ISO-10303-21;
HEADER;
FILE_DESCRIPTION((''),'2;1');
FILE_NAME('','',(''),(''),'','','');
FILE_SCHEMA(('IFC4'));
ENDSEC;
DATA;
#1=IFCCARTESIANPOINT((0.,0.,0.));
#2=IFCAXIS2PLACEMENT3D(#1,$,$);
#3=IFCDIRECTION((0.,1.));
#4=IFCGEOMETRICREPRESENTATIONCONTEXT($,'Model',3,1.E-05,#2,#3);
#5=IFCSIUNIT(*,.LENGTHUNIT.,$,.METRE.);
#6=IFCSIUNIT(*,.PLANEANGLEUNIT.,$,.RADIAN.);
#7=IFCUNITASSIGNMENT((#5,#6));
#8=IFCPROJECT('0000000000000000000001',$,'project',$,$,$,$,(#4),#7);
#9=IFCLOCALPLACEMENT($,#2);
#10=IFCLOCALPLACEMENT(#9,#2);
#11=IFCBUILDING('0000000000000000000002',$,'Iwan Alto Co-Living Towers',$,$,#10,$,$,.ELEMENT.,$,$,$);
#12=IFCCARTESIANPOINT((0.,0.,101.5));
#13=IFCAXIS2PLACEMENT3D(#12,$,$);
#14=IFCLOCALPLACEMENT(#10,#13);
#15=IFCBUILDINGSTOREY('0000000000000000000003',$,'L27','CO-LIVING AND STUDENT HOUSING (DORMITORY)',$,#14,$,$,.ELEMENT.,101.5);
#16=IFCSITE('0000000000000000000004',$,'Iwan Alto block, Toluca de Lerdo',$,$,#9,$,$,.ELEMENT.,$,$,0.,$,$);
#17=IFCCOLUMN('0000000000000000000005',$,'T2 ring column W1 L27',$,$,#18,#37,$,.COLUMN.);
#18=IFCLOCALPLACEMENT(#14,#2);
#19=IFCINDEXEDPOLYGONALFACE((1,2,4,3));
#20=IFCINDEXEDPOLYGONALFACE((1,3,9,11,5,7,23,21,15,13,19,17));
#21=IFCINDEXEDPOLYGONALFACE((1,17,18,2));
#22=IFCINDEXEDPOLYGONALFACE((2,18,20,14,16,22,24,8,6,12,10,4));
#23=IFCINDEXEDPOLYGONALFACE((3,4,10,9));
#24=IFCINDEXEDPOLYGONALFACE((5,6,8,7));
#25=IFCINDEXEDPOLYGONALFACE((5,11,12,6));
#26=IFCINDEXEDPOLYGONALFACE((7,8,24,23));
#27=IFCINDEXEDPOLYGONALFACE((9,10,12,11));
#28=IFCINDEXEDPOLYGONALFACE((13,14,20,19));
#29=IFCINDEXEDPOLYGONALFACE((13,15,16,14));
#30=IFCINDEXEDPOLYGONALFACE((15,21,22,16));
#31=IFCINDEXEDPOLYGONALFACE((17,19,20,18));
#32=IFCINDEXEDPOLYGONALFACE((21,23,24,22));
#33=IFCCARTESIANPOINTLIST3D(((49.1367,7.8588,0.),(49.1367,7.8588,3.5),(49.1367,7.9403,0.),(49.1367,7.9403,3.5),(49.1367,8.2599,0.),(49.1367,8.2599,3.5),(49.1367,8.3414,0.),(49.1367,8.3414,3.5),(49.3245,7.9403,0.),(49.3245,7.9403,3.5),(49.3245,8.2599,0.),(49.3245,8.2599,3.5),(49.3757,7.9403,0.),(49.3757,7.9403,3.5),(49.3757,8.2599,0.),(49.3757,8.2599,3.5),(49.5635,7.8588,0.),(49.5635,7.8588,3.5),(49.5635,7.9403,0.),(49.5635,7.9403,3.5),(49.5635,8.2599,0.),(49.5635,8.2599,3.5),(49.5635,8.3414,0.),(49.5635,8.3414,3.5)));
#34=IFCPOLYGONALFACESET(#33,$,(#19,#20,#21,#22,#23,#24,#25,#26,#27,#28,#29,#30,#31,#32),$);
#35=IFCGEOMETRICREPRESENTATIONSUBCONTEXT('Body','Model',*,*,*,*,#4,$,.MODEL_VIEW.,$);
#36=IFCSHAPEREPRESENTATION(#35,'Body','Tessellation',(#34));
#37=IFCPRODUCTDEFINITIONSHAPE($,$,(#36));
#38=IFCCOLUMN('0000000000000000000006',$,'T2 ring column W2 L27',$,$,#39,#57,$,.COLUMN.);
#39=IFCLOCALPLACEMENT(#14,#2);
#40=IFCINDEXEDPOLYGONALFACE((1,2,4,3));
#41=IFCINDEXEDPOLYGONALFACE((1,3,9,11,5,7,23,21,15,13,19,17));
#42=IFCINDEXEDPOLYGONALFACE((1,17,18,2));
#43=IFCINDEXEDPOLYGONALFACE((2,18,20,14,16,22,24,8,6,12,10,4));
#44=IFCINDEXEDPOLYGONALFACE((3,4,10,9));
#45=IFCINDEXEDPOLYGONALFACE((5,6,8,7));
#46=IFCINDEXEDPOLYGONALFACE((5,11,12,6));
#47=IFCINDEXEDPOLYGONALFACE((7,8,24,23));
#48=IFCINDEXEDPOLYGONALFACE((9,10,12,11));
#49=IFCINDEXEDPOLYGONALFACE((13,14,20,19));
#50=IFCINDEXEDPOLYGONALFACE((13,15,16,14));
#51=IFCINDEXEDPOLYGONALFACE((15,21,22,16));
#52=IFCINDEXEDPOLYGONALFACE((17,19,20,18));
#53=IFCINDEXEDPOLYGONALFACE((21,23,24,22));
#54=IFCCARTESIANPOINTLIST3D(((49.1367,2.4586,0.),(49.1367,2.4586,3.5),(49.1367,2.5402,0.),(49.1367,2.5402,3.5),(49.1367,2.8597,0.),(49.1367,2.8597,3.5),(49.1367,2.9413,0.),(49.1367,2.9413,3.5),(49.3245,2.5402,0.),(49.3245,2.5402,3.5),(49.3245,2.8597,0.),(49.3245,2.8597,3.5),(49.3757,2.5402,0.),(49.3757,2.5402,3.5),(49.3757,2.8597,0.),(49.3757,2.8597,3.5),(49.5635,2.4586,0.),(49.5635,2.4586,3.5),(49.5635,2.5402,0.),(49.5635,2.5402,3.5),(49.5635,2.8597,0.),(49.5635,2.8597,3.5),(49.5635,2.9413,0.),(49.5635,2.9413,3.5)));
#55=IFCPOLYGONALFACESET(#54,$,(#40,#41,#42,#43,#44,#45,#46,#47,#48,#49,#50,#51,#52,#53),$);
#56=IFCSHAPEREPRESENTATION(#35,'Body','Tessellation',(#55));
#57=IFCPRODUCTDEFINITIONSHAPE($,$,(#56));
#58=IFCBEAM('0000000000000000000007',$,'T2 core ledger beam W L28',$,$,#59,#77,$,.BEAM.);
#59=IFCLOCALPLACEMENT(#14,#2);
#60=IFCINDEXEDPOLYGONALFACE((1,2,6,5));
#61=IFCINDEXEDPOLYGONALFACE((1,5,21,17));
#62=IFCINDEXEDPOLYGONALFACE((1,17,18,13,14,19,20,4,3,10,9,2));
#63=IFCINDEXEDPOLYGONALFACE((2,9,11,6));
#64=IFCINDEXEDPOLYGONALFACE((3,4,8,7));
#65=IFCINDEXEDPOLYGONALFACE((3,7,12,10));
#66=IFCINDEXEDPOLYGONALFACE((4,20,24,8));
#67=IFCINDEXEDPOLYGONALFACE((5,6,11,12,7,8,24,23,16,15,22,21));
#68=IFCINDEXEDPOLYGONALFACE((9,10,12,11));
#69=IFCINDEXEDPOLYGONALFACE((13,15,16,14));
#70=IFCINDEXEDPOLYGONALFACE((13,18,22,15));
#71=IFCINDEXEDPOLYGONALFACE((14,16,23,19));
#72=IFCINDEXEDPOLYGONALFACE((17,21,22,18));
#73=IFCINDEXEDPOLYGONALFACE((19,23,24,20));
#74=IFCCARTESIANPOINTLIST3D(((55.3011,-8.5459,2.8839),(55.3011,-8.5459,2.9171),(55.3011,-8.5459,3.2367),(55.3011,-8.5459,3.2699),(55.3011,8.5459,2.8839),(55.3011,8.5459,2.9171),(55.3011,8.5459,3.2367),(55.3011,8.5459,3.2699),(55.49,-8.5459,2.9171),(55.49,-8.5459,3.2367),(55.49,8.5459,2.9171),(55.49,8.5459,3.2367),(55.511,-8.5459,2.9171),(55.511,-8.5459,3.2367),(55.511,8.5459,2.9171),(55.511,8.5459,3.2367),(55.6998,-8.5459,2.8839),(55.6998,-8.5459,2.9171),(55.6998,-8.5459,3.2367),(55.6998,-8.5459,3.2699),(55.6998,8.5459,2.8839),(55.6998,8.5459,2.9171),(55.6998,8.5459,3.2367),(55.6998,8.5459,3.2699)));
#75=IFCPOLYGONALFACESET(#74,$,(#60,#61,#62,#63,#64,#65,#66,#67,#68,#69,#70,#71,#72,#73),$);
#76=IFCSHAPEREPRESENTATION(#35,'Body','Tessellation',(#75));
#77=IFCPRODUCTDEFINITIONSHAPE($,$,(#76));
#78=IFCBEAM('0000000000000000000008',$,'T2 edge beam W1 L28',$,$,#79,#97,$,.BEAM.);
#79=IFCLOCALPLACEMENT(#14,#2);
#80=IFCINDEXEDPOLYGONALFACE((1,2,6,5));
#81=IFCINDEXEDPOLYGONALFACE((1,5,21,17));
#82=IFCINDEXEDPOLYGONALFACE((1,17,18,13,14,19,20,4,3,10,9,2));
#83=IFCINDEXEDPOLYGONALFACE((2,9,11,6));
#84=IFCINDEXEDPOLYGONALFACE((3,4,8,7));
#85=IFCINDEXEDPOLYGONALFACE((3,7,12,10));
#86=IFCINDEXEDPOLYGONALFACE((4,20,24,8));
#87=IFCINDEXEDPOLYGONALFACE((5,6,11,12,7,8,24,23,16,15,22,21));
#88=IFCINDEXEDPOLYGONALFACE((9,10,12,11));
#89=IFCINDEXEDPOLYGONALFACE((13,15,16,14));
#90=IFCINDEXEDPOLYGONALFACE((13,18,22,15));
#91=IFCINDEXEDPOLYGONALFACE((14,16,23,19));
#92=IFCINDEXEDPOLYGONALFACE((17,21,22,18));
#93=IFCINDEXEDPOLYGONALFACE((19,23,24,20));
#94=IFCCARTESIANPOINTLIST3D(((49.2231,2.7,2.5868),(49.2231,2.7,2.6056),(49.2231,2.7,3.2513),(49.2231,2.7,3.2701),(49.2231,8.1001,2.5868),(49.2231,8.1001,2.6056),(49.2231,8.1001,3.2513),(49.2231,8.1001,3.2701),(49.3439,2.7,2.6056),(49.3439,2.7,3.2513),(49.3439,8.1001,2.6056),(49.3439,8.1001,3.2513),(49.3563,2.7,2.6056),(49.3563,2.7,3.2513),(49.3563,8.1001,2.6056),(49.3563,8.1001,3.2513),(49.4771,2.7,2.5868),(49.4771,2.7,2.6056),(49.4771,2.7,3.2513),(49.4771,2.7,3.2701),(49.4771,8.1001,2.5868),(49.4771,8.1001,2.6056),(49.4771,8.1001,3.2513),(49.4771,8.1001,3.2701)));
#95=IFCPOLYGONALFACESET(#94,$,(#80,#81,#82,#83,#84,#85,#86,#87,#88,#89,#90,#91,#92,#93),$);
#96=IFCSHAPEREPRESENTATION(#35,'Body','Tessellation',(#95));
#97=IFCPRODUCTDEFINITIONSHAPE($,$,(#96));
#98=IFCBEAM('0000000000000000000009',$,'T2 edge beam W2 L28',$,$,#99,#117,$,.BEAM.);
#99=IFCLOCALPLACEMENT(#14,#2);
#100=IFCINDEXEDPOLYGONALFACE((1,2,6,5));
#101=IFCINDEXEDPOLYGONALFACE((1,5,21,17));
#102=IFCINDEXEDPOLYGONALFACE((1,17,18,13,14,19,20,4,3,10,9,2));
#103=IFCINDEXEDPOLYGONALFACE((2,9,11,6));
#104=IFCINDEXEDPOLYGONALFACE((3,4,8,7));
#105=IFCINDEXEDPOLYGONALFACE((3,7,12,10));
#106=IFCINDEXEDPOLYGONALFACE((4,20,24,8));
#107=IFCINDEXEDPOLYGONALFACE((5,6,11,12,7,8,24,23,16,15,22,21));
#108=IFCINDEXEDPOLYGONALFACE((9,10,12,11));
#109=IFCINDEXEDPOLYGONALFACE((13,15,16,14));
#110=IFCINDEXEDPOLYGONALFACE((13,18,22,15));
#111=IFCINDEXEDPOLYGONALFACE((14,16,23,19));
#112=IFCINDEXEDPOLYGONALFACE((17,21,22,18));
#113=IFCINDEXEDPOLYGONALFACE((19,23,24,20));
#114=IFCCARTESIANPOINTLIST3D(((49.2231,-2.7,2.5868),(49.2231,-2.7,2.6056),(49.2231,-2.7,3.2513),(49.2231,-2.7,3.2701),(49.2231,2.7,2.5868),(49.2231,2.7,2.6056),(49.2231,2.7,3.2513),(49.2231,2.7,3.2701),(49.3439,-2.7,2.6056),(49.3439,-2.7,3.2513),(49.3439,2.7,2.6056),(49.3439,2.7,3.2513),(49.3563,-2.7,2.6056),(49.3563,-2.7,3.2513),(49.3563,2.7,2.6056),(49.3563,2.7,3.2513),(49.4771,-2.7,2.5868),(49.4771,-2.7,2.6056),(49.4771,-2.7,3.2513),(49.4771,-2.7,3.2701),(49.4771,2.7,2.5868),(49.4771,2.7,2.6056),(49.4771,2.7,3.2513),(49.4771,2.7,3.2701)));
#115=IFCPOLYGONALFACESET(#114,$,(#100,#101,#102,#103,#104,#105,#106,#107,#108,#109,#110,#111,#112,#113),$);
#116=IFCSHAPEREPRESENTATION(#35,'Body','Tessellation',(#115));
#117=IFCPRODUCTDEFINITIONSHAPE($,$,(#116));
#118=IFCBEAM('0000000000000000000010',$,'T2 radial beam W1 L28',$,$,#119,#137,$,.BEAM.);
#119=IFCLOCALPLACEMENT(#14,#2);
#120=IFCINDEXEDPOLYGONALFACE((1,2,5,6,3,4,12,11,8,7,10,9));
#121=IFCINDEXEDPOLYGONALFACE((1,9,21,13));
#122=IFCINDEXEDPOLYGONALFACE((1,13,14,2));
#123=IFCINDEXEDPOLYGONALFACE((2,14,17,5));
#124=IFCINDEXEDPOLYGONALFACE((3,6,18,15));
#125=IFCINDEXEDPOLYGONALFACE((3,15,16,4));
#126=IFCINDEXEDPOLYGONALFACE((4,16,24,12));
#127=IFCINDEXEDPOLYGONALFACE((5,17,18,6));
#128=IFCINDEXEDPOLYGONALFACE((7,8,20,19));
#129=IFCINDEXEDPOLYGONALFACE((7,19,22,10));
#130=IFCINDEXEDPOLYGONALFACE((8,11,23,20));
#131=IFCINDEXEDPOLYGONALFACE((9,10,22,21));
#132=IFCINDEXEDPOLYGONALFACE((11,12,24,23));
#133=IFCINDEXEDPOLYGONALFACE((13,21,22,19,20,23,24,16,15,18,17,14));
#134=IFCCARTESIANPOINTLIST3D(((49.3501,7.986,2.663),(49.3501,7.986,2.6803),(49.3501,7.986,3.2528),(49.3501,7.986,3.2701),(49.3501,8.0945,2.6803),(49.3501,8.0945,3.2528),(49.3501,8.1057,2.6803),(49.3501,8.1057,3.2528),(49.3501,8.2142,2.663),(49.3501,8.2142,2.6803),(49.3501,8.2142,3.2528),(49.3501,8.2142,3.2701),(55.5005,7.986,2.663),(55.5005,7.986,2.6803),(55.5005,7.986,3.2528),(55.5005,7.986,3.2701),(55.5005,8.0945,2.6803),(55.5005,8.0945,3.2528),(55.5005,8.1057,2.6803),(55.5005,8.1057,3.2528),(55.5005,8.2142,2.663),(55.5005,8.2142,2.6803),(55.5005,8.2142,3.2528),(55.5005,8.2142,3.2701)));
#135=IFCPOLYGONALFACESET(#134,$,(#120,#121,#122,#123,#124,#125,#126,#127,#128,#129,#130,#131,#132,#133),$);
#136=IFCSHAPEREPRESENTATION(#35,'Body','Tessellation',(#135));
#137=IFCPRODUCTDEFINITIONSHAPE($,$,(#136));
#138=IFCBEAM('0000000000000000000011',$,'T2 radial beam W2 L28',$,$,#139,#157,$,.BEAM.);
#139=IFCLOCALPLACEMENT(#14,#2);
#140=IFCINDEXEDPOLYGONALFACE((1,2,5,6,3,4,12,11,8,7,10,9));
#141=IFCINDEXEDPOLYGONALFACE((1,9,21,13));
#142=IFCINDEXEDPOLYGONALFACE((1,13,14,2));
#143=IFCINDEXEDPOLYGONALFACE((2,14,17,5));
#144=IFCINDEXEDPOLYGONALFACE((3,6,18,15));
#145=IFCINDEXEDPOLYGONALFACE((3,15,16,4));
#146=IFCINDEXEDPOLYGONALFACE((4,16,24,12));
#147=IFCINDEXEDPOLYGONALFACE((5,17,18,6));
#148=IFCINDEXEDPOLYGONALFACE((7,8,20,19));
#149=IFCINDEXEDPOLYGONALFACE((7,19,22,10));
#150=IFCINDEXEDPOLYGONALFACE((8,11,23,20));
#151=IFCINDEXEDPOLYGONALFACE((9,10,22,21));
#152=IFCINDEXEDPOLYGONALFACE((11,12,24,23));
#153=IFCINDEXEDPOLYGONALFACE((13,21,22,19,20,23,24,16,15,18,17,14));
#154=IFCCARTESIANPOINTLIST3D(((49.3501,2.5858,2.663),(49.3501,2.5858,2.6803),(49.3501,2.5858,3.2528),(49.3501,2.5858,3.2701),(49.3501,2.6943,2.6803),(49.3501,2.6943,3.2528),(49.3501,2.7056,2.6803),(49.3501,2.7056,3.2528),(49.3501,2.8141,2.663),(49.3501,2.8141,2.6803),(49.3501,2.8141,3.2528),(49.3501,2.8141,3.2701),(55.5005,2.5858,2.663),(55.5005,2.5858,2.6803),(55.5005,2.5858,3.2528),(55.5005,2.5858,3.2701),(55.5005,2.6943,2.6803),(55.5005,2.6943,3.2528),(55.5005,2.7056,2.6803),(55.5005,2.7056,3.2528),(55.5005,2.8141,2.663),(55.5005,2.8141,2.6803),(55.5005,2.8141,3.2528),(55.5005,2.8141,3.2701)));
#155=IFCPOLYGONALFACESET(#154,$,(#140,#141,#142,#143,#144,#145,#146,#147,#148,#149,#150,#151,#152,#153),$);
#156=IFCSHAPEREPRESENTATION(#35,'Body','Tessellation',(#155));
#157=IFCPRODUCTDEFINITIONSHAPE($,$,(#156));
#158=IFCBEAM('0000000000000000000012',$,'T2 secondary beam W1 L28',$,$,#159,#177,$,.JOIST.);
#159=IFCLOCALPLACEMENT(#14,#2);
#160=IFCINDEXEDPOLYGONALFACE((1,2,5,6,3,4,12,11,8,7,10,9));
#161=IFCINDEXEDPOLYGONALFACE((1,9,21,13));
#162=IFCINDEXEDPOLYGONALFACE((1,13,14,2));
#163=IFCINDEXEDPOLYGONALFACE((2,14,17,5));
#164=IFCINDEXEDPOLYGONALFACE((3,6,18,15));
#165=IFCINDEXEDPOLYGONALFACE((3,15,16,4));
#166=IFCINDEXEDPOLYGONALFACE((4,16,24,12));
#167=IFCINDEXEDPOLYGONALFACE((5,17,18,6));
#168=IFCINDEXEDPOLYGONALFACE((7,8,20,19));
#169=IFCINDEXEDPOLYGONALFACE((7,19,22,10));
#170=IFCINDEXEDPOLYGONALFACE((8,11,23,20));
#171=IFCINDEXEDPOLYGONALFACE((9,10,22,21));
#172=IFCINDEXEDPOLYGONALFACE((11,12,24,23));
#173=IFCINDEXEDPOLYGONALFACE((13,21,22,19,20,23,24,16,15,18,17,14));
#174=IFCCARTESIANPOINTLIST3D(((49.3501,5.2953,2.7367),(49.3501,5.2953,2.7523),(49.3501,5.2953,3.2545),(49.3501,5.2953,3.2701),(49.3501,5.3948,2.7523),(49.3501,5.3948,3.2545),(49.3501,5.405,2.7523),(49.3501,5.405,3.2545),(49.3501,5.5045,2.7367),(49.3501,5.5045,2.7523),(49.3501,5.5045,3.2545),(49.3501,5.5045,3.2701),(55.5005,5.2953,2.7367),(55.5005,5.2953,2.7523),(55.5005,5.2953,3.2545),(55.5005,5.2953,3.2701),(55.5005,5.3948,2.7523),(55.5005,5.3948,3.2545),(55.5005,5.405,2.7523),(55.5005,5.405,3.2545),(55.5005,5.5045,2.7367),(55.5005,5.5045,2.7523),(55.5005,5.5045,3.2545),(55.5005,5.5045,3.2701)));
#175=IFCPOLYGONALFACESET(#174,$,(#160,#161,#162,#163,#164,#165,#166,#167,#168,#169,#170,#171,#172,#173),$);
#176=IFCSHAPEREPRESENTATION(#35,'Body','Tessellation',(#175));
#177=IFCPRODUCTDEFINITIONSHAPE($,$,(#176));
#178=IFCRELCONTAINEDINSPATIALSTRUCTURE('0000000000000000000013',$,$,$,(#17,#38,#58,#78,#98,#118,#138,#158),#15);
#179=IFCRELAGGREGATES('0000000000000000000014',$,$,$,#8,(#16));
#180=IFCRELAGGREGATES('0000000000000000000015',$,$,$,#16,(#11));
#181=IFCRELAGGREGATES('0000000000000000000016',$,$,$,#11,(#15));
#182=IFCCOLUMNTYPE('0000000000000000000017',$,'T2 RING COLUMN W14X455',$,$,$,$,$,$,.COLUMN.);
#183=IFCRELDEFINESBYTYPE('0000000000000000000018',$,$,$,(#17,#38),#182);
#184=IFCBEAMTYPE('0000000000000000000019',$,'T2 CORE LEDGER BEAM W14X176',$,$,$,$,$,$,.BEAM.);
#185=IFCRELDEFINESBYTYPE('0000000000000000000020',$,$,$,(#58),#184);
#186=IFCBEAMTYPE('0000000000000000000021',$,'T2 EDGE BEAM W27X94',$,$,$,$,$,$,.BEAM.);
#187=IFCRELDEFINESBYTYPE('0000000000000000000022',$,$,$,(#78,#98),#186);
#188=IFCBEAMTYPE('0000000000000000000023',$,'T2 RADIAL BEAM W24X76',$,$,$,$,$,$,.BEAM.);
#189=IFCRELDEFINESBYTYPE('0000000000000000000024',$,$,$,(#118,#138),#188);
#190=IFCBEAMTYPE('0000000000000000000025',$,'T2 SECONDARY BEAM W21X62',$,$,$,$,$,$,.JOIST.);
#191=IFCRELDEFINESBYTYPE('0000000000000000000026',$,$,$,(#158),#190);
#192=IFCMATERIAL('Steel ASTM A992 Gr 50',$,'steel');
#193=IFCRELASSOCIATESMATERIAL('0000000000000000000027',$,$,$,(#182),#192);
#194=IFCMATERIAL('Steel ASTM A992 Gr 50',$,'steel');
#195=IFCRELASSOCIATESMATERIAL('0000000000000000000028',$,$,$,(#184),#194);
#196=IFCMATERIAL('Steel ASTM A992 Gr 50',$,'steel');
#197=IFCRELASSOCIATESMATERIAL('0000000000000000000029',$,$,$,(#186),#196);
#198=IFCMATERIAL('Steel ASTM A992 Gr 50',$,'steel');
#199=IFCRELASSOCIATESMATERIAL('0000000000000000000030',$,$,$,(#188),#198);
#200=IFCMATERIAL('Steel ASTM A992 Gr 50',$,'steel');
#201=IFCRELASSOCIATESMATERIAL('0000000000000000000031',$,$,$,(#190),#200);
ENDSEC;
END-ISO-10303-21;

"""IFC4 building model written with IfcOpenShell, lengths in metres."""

from ifc_helpers import new_model, si_unit, direction, frame, origin, origin_2d, place, context, subcontext, project, spatial, i_section, extrude, material, material_profile, profile_set, type_object, element, save


model = new_model("IFC4")

# Units and contexts
model_context = context("Model", 3, precision=1e-05, world=origin(), true_north=direction((0.0, 1.0)))
body_context = subcontext(model_context, "Body", "Model", "MODEL_VIEW")
ifc_project = project(units=[si_unit("LENGTHUNIT", "METRE"), si_unit("PLANEANGLEUNIT", "RADIAN")], contexts=[model_context])

# Site, building, storey
site_placement = place(None, origin())
site = spatial("IfcSite", under=ifc_project, at=site_placement, Name="Iwan Alto block, Toluca de Lerdo", CompositionType="ELEMENT", RefElevation=0.0)
building_placement = place(site_placement, origin())
building = spatial("IfcBuilding", under=site, at=building_placement, Name="Iwan Alto Co-Living Towers", CompositionType="ELEMENT")
storey_placement = place(building_placement, frame((0.0, 0.0, 101.5)))
storey = spatial("IfcBuildingStorey", under=building, at=storey_placement, Name="L27", Description="CO-LIVING AND STUDENT HOUSING (DORMITORY)", CompositionType="ELEMENT", Elevation=101.5)

# Columns
ifc_material_1 = material(Name="Steel ASTM A992 Gr 50", Category="steel")
ifc_material_profile_1 = material_profile(ifc_material_1, i_section(OverallWidth=0.4268, OverallDepth=0.4827, WebThickness=0.0513, FlangeThickness=0.0815, at=origin_2d()), Name="W14X455")
ifc_profile_set_1 = profile_set([ifc_material_profile_1], Name="Steel ASTM A992 Gr 50")
column_type = type_object("IfcColumnType", Name="T2 RING COLUMN W14X455", PredefinedType="COLUMN", material=ifc_profile_set_1)
for number, where, z_axis, x_axis, name in (
    (1, (49.3501, 8.1001, 0.0), (0.0, 0.0, 1.0), (1.0, 0.0, 0.0), "T2 ring column W1 L27"),
    (2, (49.3501, 2.7, 0.0), (0.0, 0.0, 1.0), (1.0, 0.0, 0.0), "T2 ring column W2 L27"),
):
    element("IfcColumn", number, at=place(storey_placement, frame(where, z_axis=z_axis, x_axis=x_axis)), inside=storey, type_object=column_type, Name=name, PredefinedType="COLUMN", context=body_context, shape_type="SweptSolid", body=[
        extrude(i_section(OverallWidth=0.4268, OverallDepth=0.4827, WebThickness=0.0513, FlangeThickness=0.0815, at=origin_2d()), origin(), (0.0, 0.0, 1.0), 3.5),
    ])

# Beams
ifc_material_2 = material(Name="Steel ASTM A992 Gr 50", Category="steel")
ifc_material_profile_2 = material_profile(ifc_material_2, i_section(OverallWidth=0.3987, OverallDepth=0.386, WebThickness=0.021, FlangeThickness=0.0332, at=origin_2d()), Name="W14X176")
ifc_profile_set_2 = profile_set([ifc_material_profile_2], Name="Steel ASTM A992 Gr 50")
beam_type_1 = type_object("IfcBeamType", Name="T2 CORE LEDGER BEAM W14X176", PredefinedType="BEAM", material=ifc_profile_set_2)
beam_1_placement = place(storey_placement, frame((55.5005, 8.5459, 3.0769), z_axis=(0.0, -1.0, 0.0), x_axis=(1.0, 0.0, 0.0)))
element("IfcBeam", 3, at=beam_1_placement, inside=storey, type_object=beam_type_1, Name="T2 core ledger beam W L28", PredefinedType="BEAM", context=body_context, shape_type="SweptSolid", body=[
    extrude(i_section(OverallWidth=0.3987, OverallDepth=0.386, WebThickness=0.021, FlangeThickness=0.0332, at=origin_2d()), origin(), (0.0, 0.0, 1.0), 17.0918),
])
ifc_material_3 = material(Name="Steel ASTM A992 Gr 50", Category="steel")
ifc_material_profile_3 = material_profile(ifc_material_3, i_section(OverallWidth=0.2539, OverallDepth=0.6833, WebThickness=0.0125, FlangeThickness=0.0188, at=origin_2d()), Name="W27X94")
ifc_profile_set_3 = profile_set([ifc_material_profile_3], Name="Steel ASTM A992 Gr 50")
beam_type_2 = type_object("IfcBeamType", Name="T2 EDGE BEAM W27X94", PredefinedType="BEAM", material=ifc_profile_set_3)
beam_2_placement = place(storey_placement, frame((49.3501, 8.1001, 2.9285), z_axis=(0.0, -1.0, 0.0), x_axis=(1.0, 0.0, 0.0)))
element("IfcBeam", 4, at=beam_2_placement, inside=storey, type_object=beam_type_2, Name="T2 edge beam W1 L28", PredefinedType="BEAM", context=body_context, shape_type="SweptSolid", body=[
    extrude(i_section(OverallWidth=0.2539, OverallDepth=0.6833, WebThickness=0.0125, FlangeThickness=0.0188, at=origin_2d()), origin(), (0.0, 0.0, 1.0), 5.4001),
])
beam_3_placement = place(storey_placement, frame((49.3501, 2.7, 2.9285), z_axis=(0.0, -1.0, 0.0), x_axis=(1.0, 0.0, 0.0)))
element("IfcBeam", 5, at=beam_3_placement, inside=storey, type_object=beam_type_2, Name="T2 edge beam W2 L28", PredefinedType="BEAM", context=body_context, shape_type="SweptSolid", body=[
    extrude(i_section(OverallWidth=0.2539, OverallDepth=0.6833, WebThickness=0.0125, FlangeThickness=0.0188, at=origin_2d()), origin(), (0.0, 0.0, 1.0), 5.3999),
])
ifc_material_4 = material(Name="Steel ASTM A992 Gr 50", Category="steel")
ifc_material_profile_4 = material_profile(ifc_material_4, i_section(OverallWidth=0.2283, OverallDepth=0.6072, WebThickness=0.0112, FlangeThickness=0.0173, at=origin_2d()), Name="W24X76")
ifc_profile_set_4 = profile_set([ifc_material_profile_4], Name="Steel ASTM A992 Gr 50")
beam_type_3 = type_object("IfcBeamType", Name="T2 RADIAL BEAM W24X76", PredefinedType="BEAM", material=ifc_profile_set_4)
for number, where, z_axis, x_axis, name in (
    (6, (49.3501, 8.1001, 2.9666), (1.0, 0.0, 0.0), (0.0, 1.0, 0.0), "T2 radial beam W1 L28"),
    (7, (49.3501, 2.7, 2.9666), (1.0, 0.0, 0.0), (0.0, 1.0, 0.0), "T2 radial beam W2 L28"),
):
    element("IfcBeam", number, at=place(storey_placement, frame(where, z_axis=z_axis, x_axis=x_axis)), inside=storey, type_object=beam_type_3, Name=name, PredefinedType="BEAM", context=body_context, shape_type="SweptSolid", body=[
        extrude(i_section(OverallWidth=0.2283, OverallDepth=0.6072, WebThickness=0.0112, FlangeThickness=0.0173, at=origin_2d()), origin(), (0.0, 0.0, 1.0), 6.1504),
    ])
ifc_material_5 = material(Name="Steel ASTM A992 Gr 50", Category="steel")
ifc_material_profile_5 = material_profile(ifc_material_5, i_section(OverallWidth=0.2092, OverallDepth=0.5334, WebThickness=0.0103, FlangeThickness=0.0156, at=origin_2d()), Name="W21X62")
ifc_profile_set_5 = profile_set([ifc_material_profile_5], Name="Steel ASTM A992 Gr 50")
beam_type_4 = type_object("IfcBeamType", Name="T2 SECONDARY BEAM W21X62", PredefinedType="JOIST", material=ifc_profile_set_5)
for number, where, z_axis, x_axis, name in (
    (8, (49.3501, 5.3999, 3.0034), (1.0, 0.0, 0.0), (0.0, 1.0, 0.0), "T2 secondary beam W1 L28"),
):
    element("IfcBeam", number, at=place(storey_placement, frame(where, z_axis=z_axis, x_axis=x_axis)), inside=storey, type_object=beam_type_4, Name=name, PredefinedType="JOIST", context=body_context, shape_type="SweptSolid", body=[
        extrude(i_section(OverallWidth=0.2092, OverallDepth=0.5334, WebThickness=0.0103, FlangeThickness=0.0156, at=origin_2d()), origin(), (0.0, 0.0, 1.0), 6.1504),
    ])

save(model, "model.ifc")
